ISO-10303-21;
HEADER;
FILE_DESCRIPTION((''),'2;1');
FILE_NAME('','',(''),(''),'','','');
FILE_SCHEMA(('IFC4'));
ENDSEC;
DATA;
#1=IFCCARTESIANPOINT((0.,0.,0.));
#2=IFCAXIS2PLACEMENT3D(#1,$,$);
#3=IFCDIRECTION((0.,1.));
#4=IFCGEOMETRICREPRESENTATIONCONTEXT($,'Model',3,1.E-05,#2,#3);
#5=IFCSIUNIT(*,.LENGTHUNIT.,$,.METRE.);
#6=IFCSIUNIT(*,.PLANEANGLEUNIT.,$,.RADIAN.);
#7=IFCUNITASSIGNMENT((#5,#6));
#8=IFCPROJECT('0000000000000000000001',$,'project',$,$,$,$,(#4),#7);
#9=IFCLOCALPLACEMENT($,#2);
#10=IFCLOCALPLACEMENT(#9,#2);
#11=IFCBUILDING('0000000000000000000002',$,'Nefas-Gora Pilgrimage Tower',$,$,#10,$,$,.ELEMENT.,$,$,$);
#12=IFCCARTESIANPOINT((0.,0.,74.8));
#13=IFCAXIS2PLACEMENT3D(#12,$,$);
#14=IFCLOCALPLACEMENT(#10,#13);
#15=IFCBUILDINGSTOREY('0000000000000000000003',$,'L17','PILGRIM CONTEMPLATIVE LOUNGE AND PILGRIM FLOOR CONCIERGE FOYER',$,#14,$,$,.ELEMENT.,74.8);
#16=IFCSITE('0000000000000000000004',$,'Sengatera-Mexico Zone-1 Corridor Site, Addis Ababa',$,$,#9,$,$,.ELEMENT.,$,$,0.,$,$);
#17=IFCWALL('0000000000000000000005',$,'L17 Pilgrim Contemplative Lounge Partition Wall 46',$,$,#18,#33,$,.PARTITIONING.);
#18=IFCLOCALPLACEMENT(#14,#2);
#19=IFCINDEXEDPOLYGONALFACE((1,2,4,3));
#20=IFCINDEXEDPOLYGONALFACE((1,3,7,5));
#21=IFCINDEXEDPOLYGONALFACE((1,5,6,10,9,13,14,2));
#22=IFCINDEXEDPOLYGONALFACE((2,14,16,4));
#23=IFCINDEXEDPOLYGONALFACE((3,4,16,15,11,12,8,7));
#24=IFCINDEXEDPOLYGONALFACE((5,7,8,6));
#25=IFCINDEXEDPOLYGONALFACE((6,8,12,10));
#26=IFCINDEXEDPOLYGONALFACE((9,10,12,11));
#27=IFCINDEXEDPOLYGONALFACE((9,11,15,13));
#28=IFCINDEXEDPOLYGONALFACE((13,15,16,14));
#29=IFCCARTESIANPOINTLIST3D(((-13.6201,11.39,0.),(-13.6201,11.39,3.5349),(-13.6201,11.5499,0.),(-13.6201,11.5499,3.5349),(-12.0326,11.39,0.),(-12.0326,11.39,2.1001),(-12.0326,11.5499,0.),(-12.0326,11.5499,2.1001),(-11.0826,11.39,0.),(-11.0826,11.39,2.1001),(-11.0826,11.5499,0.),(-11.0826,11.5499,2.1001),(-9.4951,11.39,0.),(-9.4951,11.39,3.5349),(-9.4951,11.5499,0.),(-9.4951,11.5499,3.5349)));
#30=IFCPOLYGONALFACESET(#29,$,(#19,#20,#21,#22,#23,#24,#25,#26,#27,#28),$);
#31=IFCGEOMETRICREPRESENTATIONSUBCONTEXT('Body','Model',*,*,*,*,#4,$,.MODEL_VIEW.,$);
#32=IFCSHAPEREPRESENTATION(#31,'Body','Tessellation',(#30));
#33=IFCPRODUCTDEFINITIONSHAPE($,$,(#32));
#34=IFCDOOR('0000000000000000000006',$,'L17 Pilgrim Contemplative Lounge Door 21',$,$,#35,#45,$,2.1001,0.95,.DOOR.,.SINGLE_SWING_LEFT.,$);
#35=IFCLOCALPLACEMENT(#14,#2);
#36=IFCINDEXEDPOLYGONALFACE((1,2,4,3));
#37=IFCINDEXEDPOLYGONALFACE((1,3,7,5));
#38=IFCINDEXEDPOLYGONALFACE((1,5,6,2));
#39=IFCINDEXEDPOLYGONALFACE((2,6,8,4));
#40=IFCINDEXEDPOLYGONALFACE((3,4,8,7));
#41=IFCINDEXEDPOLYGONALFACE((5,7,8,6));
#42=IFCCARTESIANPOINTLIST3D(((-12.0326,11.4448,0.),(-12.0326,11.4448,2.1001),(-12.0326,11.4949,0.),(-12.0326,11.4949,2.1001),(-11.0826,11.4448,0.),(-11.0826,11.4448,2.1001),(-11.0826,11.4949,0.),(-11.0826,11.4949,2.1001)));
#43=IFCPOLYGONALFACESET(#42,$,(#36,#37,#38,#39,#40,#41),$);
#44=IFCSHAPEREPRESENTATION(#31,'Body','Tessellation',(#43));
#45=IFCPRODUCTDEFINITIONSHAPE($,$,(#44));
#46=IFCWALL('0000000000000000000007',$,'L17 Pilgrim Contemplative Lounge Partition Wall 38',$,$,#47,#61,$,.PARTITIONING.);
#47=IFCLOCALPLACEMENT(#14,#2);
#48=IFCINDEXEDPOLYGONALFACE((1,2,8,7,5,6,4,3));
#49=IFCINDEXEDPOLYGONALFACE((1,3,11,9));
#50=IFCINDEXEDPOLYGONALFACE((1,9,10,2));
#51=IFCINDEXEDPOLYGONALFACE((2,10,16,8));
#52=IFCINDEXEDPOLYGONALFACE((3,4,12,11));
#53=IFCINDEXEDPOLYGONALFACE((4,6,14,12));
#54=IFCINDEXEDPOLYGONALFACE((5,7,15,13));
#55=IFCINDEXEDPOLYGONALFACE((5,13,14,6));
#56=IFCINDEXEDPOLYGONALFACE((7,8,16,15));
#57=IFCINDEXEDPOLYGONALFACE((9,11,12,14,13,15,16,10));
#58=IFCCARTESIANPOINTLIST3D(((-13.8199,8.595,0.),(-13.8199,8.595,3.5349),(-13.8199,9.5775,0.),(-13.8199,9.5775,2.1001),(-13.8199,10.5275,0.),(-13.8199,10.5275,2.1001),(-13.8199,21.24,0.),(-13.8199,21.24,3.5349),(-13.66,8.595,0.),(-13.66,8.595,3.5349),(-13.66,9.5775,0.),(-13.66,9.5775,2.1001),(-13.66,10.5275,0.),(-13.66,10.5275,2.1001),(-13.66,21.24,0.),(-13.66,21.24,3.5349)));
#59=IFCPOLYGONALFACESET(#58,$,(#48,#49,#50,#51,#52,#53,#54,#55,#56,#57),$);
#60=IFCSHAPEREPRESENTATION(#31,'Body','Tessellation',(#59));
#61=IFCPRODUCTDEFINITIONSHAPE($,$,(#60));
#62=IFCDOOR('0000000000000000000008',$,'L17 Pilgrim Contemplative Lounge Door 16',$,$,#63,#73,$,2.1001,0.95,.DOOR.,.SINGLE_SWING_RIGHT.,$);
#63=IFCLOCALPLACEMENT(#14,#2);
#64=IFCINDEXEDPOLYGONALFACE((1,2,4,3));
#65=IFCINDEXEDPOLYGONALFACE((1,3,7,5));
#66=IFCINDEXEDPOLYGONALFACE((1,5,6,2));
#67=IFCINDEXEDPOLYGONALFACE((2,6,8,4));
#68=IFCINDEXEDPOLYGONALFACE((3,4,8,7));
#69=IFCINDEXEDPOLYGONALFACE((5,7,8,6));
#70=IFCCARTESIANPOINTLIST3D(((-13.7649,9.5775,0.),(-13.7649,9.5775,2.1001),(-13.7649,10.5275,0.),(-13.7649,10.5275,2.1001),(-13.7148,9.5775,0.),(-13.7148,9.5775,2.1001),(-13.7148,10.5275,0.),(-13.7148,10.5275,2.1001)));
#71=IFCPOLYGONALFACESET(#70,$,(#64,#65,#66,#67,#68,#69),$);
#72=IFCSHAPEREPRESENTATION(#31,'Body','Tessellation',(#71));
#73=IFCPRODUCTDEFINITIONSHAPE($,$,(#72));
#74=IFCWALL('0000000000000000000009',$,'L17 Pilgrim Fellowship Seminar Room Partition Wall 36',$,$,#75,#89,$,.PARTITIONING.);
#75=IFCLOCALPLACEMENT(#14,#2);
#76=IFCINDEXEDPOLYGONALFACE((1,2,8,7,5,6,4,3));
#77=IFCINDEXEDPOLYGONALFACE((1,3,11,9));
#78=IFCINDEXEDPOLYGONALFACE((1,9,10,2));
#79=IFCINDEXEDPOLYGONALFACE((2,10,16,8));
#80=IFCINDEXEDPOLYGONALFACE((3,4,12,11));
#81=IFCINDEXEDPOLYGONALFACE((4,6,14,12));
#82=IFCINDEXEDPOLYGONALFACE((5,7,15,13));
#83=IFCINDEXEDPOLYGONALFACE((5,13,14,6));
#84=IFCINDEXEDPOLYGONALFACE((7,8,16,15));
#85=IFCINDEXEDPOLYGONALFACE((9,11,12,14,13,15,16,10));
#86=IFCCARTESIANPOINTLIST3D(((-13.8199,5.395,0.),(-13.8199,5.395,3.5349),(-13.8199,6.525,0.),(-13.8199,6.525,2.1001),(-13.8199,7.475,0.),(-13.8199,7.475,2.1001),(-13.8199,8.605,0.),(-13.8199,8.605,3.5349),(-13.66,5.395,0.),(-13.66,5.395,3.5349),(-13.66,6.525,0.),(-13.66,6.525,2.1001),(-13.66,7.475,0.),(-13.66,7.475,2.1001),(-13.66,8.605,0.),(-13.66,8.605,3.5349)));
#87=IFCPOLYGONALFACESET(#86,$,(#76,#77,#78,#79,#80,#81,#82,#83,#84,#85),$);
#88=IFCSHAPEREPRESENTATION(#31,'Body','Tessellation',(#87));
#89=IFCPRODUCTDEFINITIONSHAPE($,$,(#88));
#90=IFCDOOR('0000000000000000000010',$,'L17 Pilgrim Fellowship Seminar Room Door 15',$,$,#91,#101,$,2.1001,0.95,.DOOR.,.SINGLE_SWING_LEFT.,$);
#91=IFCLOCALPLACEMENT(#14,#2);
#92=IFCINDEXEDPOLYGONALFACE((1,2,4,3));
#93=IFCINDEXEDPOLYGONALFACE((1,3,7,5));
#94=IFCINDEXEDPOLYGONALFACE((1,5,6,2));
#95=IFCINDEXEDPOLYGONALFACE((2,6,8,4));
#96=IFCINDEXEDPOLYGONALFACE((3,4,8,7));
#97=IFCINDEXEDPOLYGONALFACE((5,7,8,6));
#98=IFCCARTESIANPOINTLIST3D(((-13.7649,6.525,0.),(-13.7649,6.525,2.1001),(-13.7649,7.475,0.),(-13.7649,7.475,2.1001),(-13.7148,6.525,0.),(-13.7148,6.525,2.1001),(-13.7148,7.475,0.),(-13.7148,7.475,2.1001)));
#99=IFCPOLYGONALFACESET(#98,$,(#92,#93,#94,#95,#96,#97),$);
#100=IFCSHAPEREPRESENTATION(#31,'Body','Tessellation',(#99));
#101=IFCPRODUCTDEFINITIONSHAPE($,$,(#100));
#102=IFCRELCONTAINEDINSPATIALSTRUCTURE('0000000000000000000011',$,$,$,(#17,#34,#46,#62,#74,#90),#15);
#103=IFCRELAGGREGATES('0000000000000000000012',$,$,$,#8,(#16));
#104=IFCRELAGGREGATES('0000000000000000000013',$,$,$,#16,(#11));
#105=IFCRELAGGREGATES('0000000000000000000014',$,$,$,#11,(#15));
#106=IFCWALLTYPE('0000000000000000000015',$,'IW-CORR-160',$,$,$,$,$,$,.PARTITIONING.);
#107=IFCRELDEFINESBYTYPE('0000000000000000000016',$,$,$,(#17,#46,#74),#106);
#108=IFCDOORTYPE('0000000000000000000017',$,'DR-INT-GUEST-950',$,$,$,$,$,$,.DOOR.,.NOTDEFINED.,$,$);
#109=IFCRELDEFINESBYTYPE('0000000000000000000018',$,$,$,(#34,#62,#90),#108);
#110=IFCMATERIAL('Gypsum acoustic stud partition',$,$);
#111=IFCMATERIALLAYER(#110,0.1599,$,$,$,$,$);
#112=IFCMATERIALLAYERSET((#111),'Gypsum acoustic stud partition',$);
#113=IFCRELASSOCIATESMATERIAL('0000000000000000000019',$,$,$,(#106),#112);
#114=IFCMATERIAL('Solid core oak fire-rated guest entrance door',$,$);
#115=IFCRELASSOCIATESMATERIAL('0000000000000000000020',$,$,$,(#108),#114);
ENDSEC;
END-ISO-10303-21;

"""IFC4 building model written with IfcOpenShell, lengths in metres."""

from ifc_helpers import new_model, si_unit, direction, frame, frame_2d, origin, place, context, subcontext, project, spatial, rectangle, extrude, source, transform, mapped, material, layer, layer_set, type_object, element, fill, save


model = new_model("IFC4")

# Units and contexts
model_context = context("Model", 3, precision=1e-05, world=origin(), true_north=direction((0.0, 1.0)))
body_context = subcontext(model_context, "Body", "Model", "MODEL_VIEW")
ifc_project = project(units=[si_unit("LENGTHUNIT", "METRE"), si_unit("PLANEANGLEUNIT", "RADIAN")], contexts=[model_context])

# Site, building, storey
site_placement = place(None, origin())
site = spatial("IfcSite", under=ifc_project, at=site_placement, Name="Sengatera-Mexico Zone-1 Corridor Site, Addis Ababa", CompositionType="ELEMENT", RefElevation=0.0)
building_placement = place(site_placement, origin())
building = spatial("IfcBuilding", under=site, at=building_placement, Name="Nefas-Gora Pilgrimage Tower", CompositionType="ELEMENT")
storey_placement = place(building_placement, frame((0.0, 0.0, 74.8)))
storey = spatial("IfcBuildingStorey", under=building, at=storey_placement, Name="L17", Description="PILGRIM CONTEMPLATIVE LOUNGE AND PILGRIM FLOOR CONCIERGE FOYER", CompositionType="ELEMENT", Elevation=74.8)

# Walls, openings, doors
ifc_material_1 = material(Name="Gypsum acoustic stud partition")
ifc_layer_1 = layer(ifc_material_1, 0.1599)
ifc_layer_set_1 = layer_set([ifc_layer_1], Name="Gypsum acoustic stud partition")
wall_type_1 = type_object("IfcWallType", Name="IW-CORR-160", PredefinedType="PARTITIONING", material=ifc_layer_set_1)
shared_shape_1 = source(origin(), body_context, "Body", "SweptSolid", [
    extrude(rectangle(XDim=4.125, YDim=0.1599, at=frame_2d((2.0625, 0.0))), origin(), (0.0, 0.0, 1.0), 3.5349),
])
wall_1_placement = place(storey_placement, frame((-13.6201, 11.47, 0.0), z_axis=(0.0, 0.0, 1.0), x_axis=(1.0, 0.0, 0.0)))
wall_1 = element("IfcWall", 1, at=wall_1_placement, inside=storey, type_object=wall_type_1, Name="L17 Pilgrim Contemplative Lounge Partition Wall 46", PredefinedType="PARTITIONING", context=body_context, shape_type="MappedRepresentation", body=[
    mapped(shared_shape_1, transform((0.0, 0.0, 0.0), x_axis=(1.0, 0.0, 0.0), y_axis=(0.0, 1.0, 0.0), z_axis=(0.0, 0.0, 1.0), scale=1.0)),
])
opening_1_placement = place(wall_1_placement, frame((1.5874, 0.0, 0.0)))
opening_1 = element("IfcOpeningElement", 2, at=opening_1_placement, cuts=wall_1, PredefinedType="OPENING", context=body_context, shape_type="SweptSolid", body=[
    extrude(rectangle(XDim=0.95, YDim=2.1001, at=frame_2d((0.4751, 1.05))), frame((0.0, 0.0898, 0.0), z_axis=(0.0, -1.0, 0.0), x_axis=(1.0, 0.0, 0.0)), (0.0, 0.0, 1.0), 0.1799),
])
ifc_material_2 = material(Name="Solid core oak fire-rated guest entrance door")
door_type = type_object("IfcDoorType", Name="DR-INT-GUEST-950", OperationType="NOTDEFINED", PredefinedType="DOOR", material=ifc_material_2)
shared_shape_2 = source(origin(), body_context, "Body", "SweptSolid", [
    extrude(rectangle(XDim=0.95, YDim=2.1001, at=frame_2d((0.4751, 1.05))), frame((0.0, 0.0249, 0.0), z_axis=(0.0, -1.0, 0.0), x_axis=(1.0, 0.0, 0.0)), (0.0, 0.0, 1.0), 0.05),
])
door_1_placement = place(opening_1_placement, origin())
door_1 = element("IfcDoor", 3, at=door_1_placement, inside=storey, type_object=door_type, Name="L17 Pilgrim Contemplative Lounge Door 21", OperationType="SINGLE_SWING_LEFT", OverallHeight=2.1001, OverallWidth=0.95, PredefinedType="DOOR", context=body_context, shape_type="MappedRepresentation", body=[
    mapped(shared_shape_2, transform((0.0, 0.0, 0.0), x_axis=(1.0, 0.0, 0.0), y_axis=(0.0, 1.0, 0.0), z_axis=(0.0, 0.0, 1.0), scale=1.0)),
])
fill(opening_1, door_1)
shared_shape_3 = source(origin(), body_context, "Body", "SweptSolid", [
    extrude(rectangle(XDim=12.645, YDim=0.1599, at=frame_2d((6.3225, 0.0))), origin(), (0.0, 0.0, 1.0), 3.5349),
])
wall_2_placement = place(storey_placement, frame((-13.74, 8.595, 0.0), z_axis=(0.0, 0.0, 1.0), x_axis=(0.0, 1.0, 0.0)))
wall_2 = element("IfcWall", 4, at=wall_2_placement, inside=storey, type_object=wall_type_1, Name="L17 Pilgrim Contemplative Lounge Partition Wall 38", PredefinedType="PARTITIONING", context=body_context, shape_type="MappedRepresentation", body=[
    mapped(shared_shape_3, transform((0.0, 0.0, 0.0), x_axis=(1.0, 0.0, 0.0), y_axis=(0.0, 1.0, 0.0), z_axis=(0.0, 0.0, 1.0), scale=1.0)),
])
opening_2_placement = place(wall_2_placement, frame((0.9824, 0.0, 0.0)))
opening_2 = element("IfcOpeningElement", 5, at=opening_2_placement, cuts=wall_2, PredefinedType="OPENING", context=body_context, shape_type="SweptSolid", body=[
    extrude(rectangle(XDim=0.95, YDim=2.1001, at=frame_2d((0.4751, 1.05))), frame((0.0, 0.0898, 0.0), z_axis=(0.0, -1.0, 0.0), x_axis=(1.0, 0.0, 0.0)), (0.0, 0.0, 1.0), 0.1799),
])
door_2_placement = place(opening_2_placement, origin())
door_2 = element("IfcDoor", 6, at=door_2_placement, inside=storey, type_object=door_type, Name="L17 Pilgrim Contemplative Lounge Door 16", OperationType="SINGLE_SWING_RIGHT", OverallHeight=2.1001, OverallWidth=0.95, PredefinedType="DOOR", context=body_context, shape_type="MappedRepresentation", body=[
    mapped(shared_shape_2, transform((0.0, 0.0, 0.0), x_axis=(1.0, 0.0, 0.0), y_axis=(0.0, 1.0, 0.0), z_axis=(0.0, 0.0, 1.0), scale=1.0)),
])
fill(opening_2, door_2)
shared_shape_4 = source(origin(), body_context, "Body", "SweptSolid", [
    extrude(rectangle(XDim=3.21, YDim=0.1599, at=frame_2d((1.605, 0.0))), origin(), (0.0, 0.0, 1.0), 3.5349),
])
wall_3_placement = place(storey_placement, frame((-13.74, 5.395, 0.0), z_axis=(0.0, 0.0, 1.0), x_axis=(0.0, 1.0, 0.0)))
wall_3 = element("IfcWall", 7, at=wall_3_placement, inside=storey, type_object=wall_type_1, Name="L17 Pilgrim Fellowship Seminar Room Partition Wall 36", PredefinedType="PARTITIONING", context=body_context, shape_type="MappedRepresentation", body=[
    mapped(shared_shape_4, transform((0.0, 0.0, 0.0), x_axis=(1.0, 0.0, 0.0), y_axis=(0.0, 1.0, 0.0), z_axis=(0.0, 0.0, 1.0), scale=1.0)),
])
opening_3_placement = place(wall_3_placement, frame((1.1299, 0.0, 0.0)))
opening_3 = element("IfcOpeningElement", 8, at=opening_3_placement, cuts=wall_3, PredefinedType="OPENING", context=body_context, shape_type="SweptSolid", body=[
    extrude(rectangle(XDim=0.95, YDim=2.1001, at=frame_2d((0.4751, 1.05))), frame((0.0, 0.0898, 0.0), z_axis=(0.0, -1.0, 0.0), x_axis=(1.0, 0.0, 0.0)), (0.0, 0.0, 1.0), 0.1799),
])
door_3_placement = place(opening_3_placement, origin())
door_3 = element("IfcDoor", 9, at=door_3_placement, inside=storey, type_object=door_type, Name="L17 Pilgrim Fellowship Seminar Room Door 15", OperationType="SINGLE_SWING_LEFT", OverallHeight=2.1001, OverallWidth=0.95, PredefinedType="DOOR", context=body_context, shape_type="MappedRepresentation", body=[
    mapped(shared_shape_2, transform((0.0, 0.0, 0.0), x_axis=(1.0, 0.0, 0.0), y_axis=(0.0, 1.0, 0.0), z_axis=(0.0, 0.0, 1.0), scale=1.0)),
])
fill(opening_3, door_3)

save(model, "model.ifc")
